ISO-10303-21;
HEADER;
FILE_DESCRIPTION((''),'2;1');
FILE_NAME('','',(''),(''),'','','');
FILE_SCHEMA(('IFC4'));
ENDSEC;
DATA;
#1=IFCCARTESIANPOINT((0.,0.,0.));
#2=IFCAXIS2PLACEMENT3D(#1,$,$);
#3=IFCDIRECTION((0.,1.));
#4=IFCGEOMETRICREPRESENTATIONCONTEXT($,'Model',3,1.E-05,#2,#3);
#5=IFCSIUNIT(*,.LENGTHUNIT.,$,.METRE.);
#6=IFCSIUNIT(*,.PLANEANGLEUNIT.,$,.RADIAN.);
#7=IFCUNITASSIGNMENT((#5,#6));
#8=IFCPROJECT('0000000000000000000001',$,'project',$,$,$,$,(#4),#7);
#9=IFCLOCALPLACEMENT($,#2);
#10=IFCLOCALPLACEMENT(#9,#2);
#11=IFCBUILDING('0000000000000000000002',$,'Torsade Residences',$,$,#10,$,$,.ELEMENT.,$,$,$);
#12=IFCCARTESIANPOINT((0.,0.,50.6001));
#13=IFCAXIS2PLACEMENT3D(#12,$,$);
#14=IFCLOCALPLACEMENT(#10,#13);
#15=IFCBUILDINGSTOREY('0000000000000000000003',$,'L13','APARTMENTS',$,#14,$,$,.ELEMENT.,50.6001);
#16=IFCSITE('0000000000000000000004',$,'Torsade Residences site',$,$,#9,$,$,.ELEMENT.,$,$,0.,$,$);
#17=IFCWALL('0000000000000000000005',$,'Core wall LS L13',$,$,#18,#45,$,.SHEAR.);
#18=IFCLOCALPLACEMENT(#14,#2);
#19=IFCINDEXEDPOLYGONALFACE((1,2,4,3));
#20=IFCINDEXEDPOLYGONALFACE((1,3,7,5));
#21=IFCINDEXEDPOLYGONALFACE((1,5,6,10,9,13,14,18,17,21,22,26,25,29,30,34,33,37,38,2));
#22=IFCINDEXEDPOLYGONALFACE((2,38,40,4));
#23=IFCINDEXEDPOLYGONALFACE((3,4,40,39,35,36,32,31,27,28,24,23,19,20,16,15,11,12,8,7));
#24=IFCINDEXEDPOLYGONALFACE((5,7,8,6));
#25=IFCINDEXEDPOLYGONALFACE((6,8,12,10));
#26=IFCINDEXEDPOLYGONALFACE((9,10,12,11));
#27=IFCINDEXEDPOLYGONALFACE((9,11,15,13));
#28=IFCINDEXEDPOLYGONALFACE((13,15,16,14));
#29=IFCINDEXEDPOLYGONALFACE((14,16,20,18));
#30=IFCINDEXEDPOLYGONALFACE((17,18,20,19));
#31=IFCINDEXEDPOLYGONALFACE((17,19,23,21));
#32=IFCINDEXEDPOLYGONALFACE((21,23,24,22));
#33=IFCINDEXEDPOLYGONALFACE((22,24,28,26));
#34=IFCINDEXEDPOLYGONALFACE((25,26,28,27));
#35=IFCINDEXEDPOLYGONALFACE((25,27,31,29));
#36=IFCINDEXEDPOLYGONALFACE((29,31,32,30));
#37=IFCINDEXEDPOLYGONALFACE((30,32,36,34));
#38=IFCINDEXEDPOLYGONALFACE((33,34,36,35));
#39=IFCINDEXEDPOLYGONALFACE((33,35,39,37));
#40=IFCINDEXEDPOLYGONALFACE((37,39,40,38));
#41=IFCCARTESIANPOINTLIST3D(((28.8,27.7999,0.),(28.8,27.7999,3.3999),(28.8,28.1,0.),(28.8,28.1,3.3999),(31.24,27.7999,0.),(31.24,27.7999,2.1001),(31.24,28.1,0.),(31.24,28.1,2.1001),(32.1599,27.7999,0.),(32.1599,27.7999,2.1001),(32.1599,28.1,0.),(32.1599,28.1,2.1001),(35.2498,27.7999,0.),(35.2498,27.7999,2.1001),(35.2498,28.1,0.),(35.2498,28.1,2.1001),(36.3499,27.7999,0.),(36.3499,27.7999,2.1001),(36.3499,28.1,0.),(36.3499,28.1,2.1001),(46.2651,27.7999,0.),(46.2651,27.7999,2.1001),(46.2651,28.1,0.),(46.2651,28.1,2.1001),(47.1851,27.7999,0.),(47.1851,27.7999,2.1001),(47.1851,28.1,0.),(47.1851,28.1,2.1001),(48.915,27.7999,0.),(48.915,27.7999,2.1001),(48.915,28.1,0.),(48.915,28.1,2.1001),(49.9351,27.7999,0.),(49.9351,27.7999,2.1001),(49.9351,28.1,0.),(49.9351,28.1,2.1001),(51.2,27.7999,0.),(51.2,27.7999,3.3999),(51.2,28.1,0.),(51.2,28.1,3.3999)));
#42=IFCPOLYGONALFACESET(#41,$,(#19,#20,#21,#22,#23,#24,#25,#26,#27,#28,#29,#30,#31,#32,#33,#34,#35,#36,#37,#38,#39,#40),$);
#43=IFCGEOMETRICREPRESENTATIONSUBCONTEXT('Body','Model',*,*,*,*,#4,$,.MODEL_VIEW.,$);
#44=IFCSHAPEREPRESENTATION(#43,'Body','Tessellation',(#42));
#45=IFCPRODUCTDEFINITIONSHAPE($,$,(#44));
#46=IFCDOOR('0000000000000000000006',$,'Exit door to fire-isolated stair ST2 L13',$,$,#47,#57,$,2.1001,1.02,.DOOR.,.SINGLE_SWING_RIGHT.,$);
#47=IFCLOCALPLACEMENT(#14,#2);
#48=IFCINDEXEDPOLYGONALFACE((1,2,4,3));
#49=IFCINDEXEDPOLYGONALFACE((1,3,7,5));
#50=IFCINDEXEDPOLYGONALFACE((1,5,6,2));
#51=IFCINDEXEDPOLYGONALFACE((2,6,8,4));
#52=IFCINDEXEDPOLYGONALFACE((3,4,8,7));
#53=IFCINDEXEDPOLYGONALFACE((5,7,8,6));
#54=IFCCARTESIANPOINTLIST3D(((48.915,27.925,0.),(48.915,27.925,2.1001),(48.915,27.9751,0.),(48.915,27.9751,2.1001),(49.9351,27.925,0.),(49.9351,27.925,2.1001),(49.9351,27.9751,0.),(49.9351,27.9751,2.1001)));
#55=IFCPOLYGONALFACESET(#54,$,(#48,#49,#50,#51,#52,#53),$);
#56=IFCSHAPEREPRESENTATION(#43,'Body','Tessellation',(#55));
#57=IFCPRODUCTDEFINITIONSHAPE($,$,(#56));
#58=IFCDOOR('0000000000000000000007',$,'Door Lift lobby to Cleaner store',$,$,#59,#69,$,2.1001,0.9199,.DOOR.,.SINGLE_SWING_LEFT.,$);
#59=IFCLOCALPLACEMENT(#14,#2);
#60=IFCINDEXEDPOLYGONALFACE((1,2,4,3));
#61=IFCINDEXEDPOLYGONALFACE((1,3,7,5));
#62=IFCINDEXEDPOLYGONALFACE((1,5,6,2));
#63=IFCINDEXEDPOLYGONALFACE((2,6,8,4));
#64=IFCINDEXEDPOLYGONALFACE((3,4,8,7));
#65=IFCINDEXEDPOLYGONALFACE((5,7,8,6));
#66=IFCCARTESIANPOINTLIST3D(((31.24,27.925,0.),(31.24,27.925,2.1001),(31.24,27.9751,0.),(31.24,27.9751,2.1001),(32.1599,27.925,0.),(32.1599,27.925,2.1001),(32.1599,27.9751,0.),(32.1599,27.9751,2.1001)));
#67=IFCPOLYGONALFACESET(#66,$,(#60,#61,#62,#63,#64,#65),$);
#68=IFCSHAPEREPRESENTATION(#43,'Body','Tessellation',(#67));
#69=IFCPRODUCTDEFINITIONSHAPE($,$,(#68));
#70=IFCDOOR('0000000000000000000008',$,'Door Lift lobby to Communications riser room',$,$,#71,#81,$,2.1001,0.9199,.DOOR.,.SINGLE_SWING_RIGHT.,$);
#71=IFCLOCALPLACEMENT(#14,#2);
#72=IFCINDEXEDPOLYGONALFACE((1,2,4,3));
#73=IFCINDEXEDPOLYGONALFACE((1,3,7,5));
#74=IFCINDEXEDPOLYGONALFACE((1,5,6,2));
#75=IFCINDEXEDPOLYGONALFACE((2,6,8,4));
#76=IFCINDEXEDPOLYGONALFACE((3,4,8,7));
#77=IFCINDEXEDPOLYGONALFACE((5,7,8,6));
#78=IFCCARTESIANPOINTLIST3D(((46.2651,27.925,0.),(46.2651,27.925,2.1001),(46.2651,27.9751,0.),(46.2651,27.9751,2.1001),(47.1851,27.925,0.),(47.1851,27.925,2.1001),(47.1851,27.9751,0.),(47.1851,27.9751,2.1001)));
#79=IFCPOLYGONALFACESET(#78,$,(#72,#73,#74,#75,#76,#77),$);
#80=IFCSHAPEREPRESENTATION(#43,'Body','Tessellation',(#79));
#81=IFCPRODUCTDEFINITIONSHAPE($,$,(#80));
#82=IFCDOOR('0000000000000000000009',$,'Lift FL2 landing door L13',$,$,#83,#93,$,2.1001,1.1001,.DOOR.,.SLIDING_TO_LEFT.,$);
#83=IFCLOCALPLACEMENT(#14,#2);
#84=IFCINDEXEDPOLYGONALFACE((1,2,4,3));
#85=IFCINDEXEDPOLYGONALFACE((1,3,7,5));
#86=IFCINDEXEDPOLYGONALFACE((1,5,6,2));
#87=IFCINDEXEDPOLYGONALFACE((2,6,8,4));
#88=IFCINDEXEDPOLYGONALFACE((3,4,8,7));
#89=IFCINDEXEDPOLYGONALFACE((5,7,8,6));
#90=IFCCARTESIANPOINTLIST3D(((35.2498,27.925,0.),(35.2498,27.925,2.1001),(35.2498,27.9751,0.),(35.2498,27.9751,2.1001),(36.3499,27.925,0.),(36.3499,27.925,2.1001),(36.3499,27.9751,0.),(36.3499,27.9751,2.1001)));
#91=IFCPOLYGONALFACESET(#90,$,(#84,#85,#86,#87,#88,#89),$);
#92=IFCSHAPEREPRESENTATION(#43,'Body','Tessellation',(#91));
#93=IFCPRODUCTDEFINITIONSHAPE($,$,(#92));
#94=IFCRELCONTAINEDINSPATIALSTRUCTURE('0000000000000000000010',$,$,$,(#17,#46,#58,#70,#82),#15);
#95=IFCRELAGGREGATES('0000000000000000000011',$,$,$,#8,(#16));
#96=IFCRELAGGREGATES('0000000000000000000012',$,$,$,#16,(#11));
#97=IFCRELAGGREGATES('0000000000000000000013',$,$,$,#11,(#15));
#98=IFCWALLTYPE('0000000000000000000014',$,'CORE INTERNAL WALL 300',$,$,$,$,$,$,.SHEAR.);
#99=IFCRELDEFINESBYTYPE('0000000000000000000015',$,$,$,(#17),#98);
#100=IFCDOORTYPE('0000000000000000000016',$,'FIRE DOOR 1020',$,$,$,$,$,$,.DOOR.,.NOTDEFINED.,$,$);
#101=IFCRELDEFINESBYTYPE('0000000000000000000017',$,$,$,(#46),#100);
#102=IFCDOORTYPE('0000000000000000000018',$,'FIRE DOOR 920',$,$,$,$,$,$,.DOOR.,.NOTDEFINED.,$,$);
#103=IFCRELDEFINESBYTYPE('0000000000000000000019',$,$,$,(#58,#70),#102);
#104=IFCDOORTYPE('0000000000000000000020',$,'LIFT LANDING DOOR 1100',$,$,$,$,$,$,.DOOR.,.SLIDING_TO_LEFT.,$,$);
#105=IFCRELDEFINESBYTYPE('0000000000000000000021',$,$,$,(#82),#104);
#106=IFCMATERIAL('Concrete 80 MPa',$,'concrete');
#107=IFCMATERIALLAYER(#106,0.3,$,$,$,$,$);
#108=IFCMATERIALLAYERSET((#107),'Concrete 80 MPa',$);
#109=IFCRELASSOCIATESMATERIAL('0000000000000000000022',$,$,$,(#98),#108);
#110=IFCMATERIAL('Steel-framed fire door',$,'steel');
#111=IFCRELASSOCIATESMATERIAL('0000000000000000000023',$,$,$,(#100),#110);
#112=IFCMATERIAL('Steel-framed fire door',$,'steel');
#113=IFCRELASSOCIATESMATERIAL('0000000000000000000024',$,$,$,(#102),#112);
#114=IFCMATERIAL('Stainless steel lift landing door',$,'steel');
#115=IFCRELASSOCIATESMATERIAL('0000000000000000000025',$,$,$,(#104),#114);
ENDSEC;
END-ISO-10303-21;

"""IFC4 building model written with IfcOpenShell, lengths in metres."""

from ifc_helpers import new_model, si_unit, direction, frame, frame_2d, origin, place, context, subcontext, project, spatial, rectangle, extrude, material, layer, layer_set, type_object, element, fill, save


model = new_model("IFC4")

# Units and contexts
model_context = context("Model", 3, precision=1e-05, world=origin(), true_north=direction((0.0, 1.0)))
body_context = subcontext(model_context, "Body", "Model", "MODEL_VIEW")
ifc_project = project(units=[si_unit("LENGTHUNIT", "METRE"), si_unit("PLANEANGLEUNIT", "RADIAN")], contexts=[model_context])

# Site, building, storey
site_placement = place(None, origin())
site = spatial("IfcSite", under=ifc_project, at=site_placement, Name="Torsade Residences site", CompositionType="ELEMENT", RefElevation=0.0)
building_placement = place(site_placement, origin())
building = spatial("IfcBuilding", under=site, at=building_placement, Name="Torsade Residences", CompositionType="ELEMENT")
storey_placement = place(building_placement, frame((0.0, 0.0, 50.6001)))
storey = spatial("IfcBuildingStorey", under=building, at=storey_placement, Name="L13", Description="APARTMENTS", CompositionType="ELEMENT", Elevation=50.6001)

# Wall, openings, doors
ifc_material_1 = material(Name="Concrete 80 MPa", Category="concrete")
ifc_layer_1 = layer(ifc_material_1, 0.3)
ifc_layer_set_1 = layer_set([ifc_layer_1], Name="Concrete 80 MPa")
wall_type_1 = type_object("IfcWallType", Name="CORE INTERNAL WALL 300", PredefinedType="SHEAR", material=ifc_layer_set_1)
wall_1_placement = place(storey_placement, frame((51.2, 27.95, 0.0), z_axis=(0.0, 0.0, 1.0), x_axis=(-1.0, 0.0, 0.0)))
wall_1 = element("IfcWall", 1, at=wall_1_placement, inside=storey, type_object=wall_type_1, Name="Core wall LS L13", PredefinedType="SHEAR", context=body_context, shape_type="SweptSolid", body=[
    extrude(rectangle(XDim=22.3999, YDim=0.3, at=frame_2d((11.2, 0.0))), origin(), (0.0, 0.0, 1.0), 3.3999),
])
opening_1_placement = place(wall_1_placement, frame((19.04, 0.0, 0.0)))
opening_1 = element("IfcOpeningElement", 2, at=opening_1_placement, cuts=wall_1, PredefinedType="OPENING", context=body_context, shape_type="SweptSolid", body=[
    extrude(rectangle(XDim=0.9199, YDim=2.1001, at=frame_2d((0.46, 1.05))), frame((0.0, 0.1599, 0.0), z_axis=(0.0, -1.0, 0.0), x_axis=(1.0, 0.0, 0.0)), (0.0, 0.0, 1.0), 0.3201),
])
opening_2_placement = place(wall_1_placement, frame((1.2649, 0.0, 0.0)))
opening_2 = element("IfcOpeningElement", 3, at=opening_2_placement, cuts=wall_1, PredefinedType="OPENING", context=body_context, shape_type="SweptSolid", body=[
    extrude(rectangle(XDim=1.02, YDim=2.1001, at=frame_2d((0.51, 1.05))), frame((0.0, 0.1599, 0.0), z_axis=(0.0, -1.0, 0.0), x_axis=(1.0, 0.0, 0.0)), (0.0, 0.0, 1.0), 0.3201),
])
opening_3_placement = place(wall_1_placement, frame((4.0149, 0.0, 0.0)))
opening_3 = element("IfcOpeningElement", 4, at=opening_3_placement, cuts=wall_1, PredefinedType="OPENING", context=body_context, shape_type="SweptSolid", body=[
    extrude(rectangle(XDim=0.9199, YDim=2.1001, at=frame_2d((0.46, 1.05))), frame((0.0, 0.1599, 0.0), z_axis=(0.0, -1.0, 0.0), x_axis=(1.0, 0.0, 0.0)), (0.0, 0.0, 1.0), 0.3201),
])
opening_4_placement = place(wall_1_placement, frame((14.8501, 0.0, 0.0)))
opening_4 = element("IfcOpeningElement", 5, at=opening_4_placement, cuts=wall_1, PredefinedType="OPENING", context=body_context, shape_type="SweptSolid", body=[
    extrude(rectangle(XDim=1.1001, YDim=2.1001, at=frame_2d((0.55, 1.05))), frame((0.0, 0.1599, 0.0), z_axis=(0.0, -1.0, 0.0), x_axis=(1.0, 0.0, 0.0)), (0.0, 0.0, 1.0), 0.3201),
])
ifc_material_2 = material(Name="Steel-framed fire door", Category="steel")
door_type_1 = type_object("IfcDoorType", Name="FIRE DOOR 1020", OperationType="NOTDEFINED", PredefinedType="DOOR", material=ifc_material_2)
door_1_placement = place(opening_2_placement, origin())
door_1 = element("IfcDoor", 6, at=door_1_placement, inside=storey, type_object=door_type_1, Name="Exit door to fire-isolated stair ST2 L13", OperationType="SINGLE_SWING_RIGHT", OverallHeight=2.1001, OverallWidth=1.02, PredefinedType="DOOR", context=body_context, shape_type="SweptSolid", body=[
    extrude(rectangle(XDim=1.02, YDim=2.1001, at=frame_2d((0.51, 1.05))), frame((0.0, 0.0249, 0.0), z_axis=(0.0, -1.0, 0.0), x_axis=(1.0, 0.0, 0.0)), (0.0, 0.0, 1.0), 0.05),
])
fill(opening_2, door_1)
ifc_material_3 = material(Name="Steel-framed fire door", Category="steel")
door_type_2 = type_object("IfcDoorType", Name="FIRE DOOR 920", OperationType="NOTDEFINED", PredefinedType="DOOR", material=ifc_material_3)
door_2_placement = place(opening_1_placement, origin())
door_2 = element("IfcDoor", 7, at=door_2_placement, inside=storey, type_object=door_type_2, Name="Door Lift lobby to Cleaner store", OperationType="SINGLE_SWING_LEFT", OverallHeight=2.1001, OverallWidth=0.9199, PredefinedType="DOOR", context=body_context, shape_type="SweptSolid", body=[
    extrude(rectangle(XDim=0.9199, YDim=2.1001, at=frame_2d((0.46, 1.05))), frame((0.0, 0.0249, 0.0), z_axis=(0.0, -1.0, 0.0), x_axis=(1.0, 0.0, 0.0)), (0.0, 0.0, 1.0), 0.05),
])
fill(opening_1, door_2)
door_3_placement = place(opening_3_placement, origin())
door_3 = element("IfcDoor", 8, at=door_3_placement, inside=storey, type_object=door_type_2, Name="Door Lift lobby to Communications riser room", OperationType="SINGLE_SWING_RIGHT", OverallHeight=2.1001, OverallWidth=0.9199, PredefinedType="DOOR", context=body_context, shape_type="SweptSolid", body=[
    extrude(rectangle(XDim=0.9199, YDim=2.1001, at=frame_2d((0.46, 1.05))), frame((0.0, 0.0249, 0.0), z_axis=(0.0, -1.0, 0.0), x_axis=(1.0, 0.0, 0.0)), (0.0, 0.0, 1.0), 0.05),
])
fill(opening_3, door_3)
ifc_material_4 = material(Name="Stainless steel lift landing door", Category="steel")
door_type_3 = type_object("IfcDoorType", Name="LIFT LANDING DOOR 1100", OperationType="SLIDING_TO_LEFT", PredefinedType="DOOR", material=ifc_material_4)
door_4_placement = place(opening_4_placement, origin())
door_4 = element("IfcDoor", 9, at=door_4_placement, inside=storey, type_object=door_type_3, Name="Lift FL2 landing door L13", OperationType="SLIDING_TO_LEFT", OverallHeight=2.1001, OverallWidth=1.1001, PredefinedType="DOOR", context=body_context, shape_type="SweptSolid", body=[
    extrude(rectangle(XDim=1.1001, YDim=2.1001, at=frame_2d((0.55, 1.05))), frame((0.0, 0.0249, 0.0), z_axis=(0.0, -1.0, 0.0), x_axis=(1.0, 0.0, 0.0)), (0.0, 0.0, 1.0), 0.05),
])
fill(opening_4, door_4)

save(model, "model.ifc")
